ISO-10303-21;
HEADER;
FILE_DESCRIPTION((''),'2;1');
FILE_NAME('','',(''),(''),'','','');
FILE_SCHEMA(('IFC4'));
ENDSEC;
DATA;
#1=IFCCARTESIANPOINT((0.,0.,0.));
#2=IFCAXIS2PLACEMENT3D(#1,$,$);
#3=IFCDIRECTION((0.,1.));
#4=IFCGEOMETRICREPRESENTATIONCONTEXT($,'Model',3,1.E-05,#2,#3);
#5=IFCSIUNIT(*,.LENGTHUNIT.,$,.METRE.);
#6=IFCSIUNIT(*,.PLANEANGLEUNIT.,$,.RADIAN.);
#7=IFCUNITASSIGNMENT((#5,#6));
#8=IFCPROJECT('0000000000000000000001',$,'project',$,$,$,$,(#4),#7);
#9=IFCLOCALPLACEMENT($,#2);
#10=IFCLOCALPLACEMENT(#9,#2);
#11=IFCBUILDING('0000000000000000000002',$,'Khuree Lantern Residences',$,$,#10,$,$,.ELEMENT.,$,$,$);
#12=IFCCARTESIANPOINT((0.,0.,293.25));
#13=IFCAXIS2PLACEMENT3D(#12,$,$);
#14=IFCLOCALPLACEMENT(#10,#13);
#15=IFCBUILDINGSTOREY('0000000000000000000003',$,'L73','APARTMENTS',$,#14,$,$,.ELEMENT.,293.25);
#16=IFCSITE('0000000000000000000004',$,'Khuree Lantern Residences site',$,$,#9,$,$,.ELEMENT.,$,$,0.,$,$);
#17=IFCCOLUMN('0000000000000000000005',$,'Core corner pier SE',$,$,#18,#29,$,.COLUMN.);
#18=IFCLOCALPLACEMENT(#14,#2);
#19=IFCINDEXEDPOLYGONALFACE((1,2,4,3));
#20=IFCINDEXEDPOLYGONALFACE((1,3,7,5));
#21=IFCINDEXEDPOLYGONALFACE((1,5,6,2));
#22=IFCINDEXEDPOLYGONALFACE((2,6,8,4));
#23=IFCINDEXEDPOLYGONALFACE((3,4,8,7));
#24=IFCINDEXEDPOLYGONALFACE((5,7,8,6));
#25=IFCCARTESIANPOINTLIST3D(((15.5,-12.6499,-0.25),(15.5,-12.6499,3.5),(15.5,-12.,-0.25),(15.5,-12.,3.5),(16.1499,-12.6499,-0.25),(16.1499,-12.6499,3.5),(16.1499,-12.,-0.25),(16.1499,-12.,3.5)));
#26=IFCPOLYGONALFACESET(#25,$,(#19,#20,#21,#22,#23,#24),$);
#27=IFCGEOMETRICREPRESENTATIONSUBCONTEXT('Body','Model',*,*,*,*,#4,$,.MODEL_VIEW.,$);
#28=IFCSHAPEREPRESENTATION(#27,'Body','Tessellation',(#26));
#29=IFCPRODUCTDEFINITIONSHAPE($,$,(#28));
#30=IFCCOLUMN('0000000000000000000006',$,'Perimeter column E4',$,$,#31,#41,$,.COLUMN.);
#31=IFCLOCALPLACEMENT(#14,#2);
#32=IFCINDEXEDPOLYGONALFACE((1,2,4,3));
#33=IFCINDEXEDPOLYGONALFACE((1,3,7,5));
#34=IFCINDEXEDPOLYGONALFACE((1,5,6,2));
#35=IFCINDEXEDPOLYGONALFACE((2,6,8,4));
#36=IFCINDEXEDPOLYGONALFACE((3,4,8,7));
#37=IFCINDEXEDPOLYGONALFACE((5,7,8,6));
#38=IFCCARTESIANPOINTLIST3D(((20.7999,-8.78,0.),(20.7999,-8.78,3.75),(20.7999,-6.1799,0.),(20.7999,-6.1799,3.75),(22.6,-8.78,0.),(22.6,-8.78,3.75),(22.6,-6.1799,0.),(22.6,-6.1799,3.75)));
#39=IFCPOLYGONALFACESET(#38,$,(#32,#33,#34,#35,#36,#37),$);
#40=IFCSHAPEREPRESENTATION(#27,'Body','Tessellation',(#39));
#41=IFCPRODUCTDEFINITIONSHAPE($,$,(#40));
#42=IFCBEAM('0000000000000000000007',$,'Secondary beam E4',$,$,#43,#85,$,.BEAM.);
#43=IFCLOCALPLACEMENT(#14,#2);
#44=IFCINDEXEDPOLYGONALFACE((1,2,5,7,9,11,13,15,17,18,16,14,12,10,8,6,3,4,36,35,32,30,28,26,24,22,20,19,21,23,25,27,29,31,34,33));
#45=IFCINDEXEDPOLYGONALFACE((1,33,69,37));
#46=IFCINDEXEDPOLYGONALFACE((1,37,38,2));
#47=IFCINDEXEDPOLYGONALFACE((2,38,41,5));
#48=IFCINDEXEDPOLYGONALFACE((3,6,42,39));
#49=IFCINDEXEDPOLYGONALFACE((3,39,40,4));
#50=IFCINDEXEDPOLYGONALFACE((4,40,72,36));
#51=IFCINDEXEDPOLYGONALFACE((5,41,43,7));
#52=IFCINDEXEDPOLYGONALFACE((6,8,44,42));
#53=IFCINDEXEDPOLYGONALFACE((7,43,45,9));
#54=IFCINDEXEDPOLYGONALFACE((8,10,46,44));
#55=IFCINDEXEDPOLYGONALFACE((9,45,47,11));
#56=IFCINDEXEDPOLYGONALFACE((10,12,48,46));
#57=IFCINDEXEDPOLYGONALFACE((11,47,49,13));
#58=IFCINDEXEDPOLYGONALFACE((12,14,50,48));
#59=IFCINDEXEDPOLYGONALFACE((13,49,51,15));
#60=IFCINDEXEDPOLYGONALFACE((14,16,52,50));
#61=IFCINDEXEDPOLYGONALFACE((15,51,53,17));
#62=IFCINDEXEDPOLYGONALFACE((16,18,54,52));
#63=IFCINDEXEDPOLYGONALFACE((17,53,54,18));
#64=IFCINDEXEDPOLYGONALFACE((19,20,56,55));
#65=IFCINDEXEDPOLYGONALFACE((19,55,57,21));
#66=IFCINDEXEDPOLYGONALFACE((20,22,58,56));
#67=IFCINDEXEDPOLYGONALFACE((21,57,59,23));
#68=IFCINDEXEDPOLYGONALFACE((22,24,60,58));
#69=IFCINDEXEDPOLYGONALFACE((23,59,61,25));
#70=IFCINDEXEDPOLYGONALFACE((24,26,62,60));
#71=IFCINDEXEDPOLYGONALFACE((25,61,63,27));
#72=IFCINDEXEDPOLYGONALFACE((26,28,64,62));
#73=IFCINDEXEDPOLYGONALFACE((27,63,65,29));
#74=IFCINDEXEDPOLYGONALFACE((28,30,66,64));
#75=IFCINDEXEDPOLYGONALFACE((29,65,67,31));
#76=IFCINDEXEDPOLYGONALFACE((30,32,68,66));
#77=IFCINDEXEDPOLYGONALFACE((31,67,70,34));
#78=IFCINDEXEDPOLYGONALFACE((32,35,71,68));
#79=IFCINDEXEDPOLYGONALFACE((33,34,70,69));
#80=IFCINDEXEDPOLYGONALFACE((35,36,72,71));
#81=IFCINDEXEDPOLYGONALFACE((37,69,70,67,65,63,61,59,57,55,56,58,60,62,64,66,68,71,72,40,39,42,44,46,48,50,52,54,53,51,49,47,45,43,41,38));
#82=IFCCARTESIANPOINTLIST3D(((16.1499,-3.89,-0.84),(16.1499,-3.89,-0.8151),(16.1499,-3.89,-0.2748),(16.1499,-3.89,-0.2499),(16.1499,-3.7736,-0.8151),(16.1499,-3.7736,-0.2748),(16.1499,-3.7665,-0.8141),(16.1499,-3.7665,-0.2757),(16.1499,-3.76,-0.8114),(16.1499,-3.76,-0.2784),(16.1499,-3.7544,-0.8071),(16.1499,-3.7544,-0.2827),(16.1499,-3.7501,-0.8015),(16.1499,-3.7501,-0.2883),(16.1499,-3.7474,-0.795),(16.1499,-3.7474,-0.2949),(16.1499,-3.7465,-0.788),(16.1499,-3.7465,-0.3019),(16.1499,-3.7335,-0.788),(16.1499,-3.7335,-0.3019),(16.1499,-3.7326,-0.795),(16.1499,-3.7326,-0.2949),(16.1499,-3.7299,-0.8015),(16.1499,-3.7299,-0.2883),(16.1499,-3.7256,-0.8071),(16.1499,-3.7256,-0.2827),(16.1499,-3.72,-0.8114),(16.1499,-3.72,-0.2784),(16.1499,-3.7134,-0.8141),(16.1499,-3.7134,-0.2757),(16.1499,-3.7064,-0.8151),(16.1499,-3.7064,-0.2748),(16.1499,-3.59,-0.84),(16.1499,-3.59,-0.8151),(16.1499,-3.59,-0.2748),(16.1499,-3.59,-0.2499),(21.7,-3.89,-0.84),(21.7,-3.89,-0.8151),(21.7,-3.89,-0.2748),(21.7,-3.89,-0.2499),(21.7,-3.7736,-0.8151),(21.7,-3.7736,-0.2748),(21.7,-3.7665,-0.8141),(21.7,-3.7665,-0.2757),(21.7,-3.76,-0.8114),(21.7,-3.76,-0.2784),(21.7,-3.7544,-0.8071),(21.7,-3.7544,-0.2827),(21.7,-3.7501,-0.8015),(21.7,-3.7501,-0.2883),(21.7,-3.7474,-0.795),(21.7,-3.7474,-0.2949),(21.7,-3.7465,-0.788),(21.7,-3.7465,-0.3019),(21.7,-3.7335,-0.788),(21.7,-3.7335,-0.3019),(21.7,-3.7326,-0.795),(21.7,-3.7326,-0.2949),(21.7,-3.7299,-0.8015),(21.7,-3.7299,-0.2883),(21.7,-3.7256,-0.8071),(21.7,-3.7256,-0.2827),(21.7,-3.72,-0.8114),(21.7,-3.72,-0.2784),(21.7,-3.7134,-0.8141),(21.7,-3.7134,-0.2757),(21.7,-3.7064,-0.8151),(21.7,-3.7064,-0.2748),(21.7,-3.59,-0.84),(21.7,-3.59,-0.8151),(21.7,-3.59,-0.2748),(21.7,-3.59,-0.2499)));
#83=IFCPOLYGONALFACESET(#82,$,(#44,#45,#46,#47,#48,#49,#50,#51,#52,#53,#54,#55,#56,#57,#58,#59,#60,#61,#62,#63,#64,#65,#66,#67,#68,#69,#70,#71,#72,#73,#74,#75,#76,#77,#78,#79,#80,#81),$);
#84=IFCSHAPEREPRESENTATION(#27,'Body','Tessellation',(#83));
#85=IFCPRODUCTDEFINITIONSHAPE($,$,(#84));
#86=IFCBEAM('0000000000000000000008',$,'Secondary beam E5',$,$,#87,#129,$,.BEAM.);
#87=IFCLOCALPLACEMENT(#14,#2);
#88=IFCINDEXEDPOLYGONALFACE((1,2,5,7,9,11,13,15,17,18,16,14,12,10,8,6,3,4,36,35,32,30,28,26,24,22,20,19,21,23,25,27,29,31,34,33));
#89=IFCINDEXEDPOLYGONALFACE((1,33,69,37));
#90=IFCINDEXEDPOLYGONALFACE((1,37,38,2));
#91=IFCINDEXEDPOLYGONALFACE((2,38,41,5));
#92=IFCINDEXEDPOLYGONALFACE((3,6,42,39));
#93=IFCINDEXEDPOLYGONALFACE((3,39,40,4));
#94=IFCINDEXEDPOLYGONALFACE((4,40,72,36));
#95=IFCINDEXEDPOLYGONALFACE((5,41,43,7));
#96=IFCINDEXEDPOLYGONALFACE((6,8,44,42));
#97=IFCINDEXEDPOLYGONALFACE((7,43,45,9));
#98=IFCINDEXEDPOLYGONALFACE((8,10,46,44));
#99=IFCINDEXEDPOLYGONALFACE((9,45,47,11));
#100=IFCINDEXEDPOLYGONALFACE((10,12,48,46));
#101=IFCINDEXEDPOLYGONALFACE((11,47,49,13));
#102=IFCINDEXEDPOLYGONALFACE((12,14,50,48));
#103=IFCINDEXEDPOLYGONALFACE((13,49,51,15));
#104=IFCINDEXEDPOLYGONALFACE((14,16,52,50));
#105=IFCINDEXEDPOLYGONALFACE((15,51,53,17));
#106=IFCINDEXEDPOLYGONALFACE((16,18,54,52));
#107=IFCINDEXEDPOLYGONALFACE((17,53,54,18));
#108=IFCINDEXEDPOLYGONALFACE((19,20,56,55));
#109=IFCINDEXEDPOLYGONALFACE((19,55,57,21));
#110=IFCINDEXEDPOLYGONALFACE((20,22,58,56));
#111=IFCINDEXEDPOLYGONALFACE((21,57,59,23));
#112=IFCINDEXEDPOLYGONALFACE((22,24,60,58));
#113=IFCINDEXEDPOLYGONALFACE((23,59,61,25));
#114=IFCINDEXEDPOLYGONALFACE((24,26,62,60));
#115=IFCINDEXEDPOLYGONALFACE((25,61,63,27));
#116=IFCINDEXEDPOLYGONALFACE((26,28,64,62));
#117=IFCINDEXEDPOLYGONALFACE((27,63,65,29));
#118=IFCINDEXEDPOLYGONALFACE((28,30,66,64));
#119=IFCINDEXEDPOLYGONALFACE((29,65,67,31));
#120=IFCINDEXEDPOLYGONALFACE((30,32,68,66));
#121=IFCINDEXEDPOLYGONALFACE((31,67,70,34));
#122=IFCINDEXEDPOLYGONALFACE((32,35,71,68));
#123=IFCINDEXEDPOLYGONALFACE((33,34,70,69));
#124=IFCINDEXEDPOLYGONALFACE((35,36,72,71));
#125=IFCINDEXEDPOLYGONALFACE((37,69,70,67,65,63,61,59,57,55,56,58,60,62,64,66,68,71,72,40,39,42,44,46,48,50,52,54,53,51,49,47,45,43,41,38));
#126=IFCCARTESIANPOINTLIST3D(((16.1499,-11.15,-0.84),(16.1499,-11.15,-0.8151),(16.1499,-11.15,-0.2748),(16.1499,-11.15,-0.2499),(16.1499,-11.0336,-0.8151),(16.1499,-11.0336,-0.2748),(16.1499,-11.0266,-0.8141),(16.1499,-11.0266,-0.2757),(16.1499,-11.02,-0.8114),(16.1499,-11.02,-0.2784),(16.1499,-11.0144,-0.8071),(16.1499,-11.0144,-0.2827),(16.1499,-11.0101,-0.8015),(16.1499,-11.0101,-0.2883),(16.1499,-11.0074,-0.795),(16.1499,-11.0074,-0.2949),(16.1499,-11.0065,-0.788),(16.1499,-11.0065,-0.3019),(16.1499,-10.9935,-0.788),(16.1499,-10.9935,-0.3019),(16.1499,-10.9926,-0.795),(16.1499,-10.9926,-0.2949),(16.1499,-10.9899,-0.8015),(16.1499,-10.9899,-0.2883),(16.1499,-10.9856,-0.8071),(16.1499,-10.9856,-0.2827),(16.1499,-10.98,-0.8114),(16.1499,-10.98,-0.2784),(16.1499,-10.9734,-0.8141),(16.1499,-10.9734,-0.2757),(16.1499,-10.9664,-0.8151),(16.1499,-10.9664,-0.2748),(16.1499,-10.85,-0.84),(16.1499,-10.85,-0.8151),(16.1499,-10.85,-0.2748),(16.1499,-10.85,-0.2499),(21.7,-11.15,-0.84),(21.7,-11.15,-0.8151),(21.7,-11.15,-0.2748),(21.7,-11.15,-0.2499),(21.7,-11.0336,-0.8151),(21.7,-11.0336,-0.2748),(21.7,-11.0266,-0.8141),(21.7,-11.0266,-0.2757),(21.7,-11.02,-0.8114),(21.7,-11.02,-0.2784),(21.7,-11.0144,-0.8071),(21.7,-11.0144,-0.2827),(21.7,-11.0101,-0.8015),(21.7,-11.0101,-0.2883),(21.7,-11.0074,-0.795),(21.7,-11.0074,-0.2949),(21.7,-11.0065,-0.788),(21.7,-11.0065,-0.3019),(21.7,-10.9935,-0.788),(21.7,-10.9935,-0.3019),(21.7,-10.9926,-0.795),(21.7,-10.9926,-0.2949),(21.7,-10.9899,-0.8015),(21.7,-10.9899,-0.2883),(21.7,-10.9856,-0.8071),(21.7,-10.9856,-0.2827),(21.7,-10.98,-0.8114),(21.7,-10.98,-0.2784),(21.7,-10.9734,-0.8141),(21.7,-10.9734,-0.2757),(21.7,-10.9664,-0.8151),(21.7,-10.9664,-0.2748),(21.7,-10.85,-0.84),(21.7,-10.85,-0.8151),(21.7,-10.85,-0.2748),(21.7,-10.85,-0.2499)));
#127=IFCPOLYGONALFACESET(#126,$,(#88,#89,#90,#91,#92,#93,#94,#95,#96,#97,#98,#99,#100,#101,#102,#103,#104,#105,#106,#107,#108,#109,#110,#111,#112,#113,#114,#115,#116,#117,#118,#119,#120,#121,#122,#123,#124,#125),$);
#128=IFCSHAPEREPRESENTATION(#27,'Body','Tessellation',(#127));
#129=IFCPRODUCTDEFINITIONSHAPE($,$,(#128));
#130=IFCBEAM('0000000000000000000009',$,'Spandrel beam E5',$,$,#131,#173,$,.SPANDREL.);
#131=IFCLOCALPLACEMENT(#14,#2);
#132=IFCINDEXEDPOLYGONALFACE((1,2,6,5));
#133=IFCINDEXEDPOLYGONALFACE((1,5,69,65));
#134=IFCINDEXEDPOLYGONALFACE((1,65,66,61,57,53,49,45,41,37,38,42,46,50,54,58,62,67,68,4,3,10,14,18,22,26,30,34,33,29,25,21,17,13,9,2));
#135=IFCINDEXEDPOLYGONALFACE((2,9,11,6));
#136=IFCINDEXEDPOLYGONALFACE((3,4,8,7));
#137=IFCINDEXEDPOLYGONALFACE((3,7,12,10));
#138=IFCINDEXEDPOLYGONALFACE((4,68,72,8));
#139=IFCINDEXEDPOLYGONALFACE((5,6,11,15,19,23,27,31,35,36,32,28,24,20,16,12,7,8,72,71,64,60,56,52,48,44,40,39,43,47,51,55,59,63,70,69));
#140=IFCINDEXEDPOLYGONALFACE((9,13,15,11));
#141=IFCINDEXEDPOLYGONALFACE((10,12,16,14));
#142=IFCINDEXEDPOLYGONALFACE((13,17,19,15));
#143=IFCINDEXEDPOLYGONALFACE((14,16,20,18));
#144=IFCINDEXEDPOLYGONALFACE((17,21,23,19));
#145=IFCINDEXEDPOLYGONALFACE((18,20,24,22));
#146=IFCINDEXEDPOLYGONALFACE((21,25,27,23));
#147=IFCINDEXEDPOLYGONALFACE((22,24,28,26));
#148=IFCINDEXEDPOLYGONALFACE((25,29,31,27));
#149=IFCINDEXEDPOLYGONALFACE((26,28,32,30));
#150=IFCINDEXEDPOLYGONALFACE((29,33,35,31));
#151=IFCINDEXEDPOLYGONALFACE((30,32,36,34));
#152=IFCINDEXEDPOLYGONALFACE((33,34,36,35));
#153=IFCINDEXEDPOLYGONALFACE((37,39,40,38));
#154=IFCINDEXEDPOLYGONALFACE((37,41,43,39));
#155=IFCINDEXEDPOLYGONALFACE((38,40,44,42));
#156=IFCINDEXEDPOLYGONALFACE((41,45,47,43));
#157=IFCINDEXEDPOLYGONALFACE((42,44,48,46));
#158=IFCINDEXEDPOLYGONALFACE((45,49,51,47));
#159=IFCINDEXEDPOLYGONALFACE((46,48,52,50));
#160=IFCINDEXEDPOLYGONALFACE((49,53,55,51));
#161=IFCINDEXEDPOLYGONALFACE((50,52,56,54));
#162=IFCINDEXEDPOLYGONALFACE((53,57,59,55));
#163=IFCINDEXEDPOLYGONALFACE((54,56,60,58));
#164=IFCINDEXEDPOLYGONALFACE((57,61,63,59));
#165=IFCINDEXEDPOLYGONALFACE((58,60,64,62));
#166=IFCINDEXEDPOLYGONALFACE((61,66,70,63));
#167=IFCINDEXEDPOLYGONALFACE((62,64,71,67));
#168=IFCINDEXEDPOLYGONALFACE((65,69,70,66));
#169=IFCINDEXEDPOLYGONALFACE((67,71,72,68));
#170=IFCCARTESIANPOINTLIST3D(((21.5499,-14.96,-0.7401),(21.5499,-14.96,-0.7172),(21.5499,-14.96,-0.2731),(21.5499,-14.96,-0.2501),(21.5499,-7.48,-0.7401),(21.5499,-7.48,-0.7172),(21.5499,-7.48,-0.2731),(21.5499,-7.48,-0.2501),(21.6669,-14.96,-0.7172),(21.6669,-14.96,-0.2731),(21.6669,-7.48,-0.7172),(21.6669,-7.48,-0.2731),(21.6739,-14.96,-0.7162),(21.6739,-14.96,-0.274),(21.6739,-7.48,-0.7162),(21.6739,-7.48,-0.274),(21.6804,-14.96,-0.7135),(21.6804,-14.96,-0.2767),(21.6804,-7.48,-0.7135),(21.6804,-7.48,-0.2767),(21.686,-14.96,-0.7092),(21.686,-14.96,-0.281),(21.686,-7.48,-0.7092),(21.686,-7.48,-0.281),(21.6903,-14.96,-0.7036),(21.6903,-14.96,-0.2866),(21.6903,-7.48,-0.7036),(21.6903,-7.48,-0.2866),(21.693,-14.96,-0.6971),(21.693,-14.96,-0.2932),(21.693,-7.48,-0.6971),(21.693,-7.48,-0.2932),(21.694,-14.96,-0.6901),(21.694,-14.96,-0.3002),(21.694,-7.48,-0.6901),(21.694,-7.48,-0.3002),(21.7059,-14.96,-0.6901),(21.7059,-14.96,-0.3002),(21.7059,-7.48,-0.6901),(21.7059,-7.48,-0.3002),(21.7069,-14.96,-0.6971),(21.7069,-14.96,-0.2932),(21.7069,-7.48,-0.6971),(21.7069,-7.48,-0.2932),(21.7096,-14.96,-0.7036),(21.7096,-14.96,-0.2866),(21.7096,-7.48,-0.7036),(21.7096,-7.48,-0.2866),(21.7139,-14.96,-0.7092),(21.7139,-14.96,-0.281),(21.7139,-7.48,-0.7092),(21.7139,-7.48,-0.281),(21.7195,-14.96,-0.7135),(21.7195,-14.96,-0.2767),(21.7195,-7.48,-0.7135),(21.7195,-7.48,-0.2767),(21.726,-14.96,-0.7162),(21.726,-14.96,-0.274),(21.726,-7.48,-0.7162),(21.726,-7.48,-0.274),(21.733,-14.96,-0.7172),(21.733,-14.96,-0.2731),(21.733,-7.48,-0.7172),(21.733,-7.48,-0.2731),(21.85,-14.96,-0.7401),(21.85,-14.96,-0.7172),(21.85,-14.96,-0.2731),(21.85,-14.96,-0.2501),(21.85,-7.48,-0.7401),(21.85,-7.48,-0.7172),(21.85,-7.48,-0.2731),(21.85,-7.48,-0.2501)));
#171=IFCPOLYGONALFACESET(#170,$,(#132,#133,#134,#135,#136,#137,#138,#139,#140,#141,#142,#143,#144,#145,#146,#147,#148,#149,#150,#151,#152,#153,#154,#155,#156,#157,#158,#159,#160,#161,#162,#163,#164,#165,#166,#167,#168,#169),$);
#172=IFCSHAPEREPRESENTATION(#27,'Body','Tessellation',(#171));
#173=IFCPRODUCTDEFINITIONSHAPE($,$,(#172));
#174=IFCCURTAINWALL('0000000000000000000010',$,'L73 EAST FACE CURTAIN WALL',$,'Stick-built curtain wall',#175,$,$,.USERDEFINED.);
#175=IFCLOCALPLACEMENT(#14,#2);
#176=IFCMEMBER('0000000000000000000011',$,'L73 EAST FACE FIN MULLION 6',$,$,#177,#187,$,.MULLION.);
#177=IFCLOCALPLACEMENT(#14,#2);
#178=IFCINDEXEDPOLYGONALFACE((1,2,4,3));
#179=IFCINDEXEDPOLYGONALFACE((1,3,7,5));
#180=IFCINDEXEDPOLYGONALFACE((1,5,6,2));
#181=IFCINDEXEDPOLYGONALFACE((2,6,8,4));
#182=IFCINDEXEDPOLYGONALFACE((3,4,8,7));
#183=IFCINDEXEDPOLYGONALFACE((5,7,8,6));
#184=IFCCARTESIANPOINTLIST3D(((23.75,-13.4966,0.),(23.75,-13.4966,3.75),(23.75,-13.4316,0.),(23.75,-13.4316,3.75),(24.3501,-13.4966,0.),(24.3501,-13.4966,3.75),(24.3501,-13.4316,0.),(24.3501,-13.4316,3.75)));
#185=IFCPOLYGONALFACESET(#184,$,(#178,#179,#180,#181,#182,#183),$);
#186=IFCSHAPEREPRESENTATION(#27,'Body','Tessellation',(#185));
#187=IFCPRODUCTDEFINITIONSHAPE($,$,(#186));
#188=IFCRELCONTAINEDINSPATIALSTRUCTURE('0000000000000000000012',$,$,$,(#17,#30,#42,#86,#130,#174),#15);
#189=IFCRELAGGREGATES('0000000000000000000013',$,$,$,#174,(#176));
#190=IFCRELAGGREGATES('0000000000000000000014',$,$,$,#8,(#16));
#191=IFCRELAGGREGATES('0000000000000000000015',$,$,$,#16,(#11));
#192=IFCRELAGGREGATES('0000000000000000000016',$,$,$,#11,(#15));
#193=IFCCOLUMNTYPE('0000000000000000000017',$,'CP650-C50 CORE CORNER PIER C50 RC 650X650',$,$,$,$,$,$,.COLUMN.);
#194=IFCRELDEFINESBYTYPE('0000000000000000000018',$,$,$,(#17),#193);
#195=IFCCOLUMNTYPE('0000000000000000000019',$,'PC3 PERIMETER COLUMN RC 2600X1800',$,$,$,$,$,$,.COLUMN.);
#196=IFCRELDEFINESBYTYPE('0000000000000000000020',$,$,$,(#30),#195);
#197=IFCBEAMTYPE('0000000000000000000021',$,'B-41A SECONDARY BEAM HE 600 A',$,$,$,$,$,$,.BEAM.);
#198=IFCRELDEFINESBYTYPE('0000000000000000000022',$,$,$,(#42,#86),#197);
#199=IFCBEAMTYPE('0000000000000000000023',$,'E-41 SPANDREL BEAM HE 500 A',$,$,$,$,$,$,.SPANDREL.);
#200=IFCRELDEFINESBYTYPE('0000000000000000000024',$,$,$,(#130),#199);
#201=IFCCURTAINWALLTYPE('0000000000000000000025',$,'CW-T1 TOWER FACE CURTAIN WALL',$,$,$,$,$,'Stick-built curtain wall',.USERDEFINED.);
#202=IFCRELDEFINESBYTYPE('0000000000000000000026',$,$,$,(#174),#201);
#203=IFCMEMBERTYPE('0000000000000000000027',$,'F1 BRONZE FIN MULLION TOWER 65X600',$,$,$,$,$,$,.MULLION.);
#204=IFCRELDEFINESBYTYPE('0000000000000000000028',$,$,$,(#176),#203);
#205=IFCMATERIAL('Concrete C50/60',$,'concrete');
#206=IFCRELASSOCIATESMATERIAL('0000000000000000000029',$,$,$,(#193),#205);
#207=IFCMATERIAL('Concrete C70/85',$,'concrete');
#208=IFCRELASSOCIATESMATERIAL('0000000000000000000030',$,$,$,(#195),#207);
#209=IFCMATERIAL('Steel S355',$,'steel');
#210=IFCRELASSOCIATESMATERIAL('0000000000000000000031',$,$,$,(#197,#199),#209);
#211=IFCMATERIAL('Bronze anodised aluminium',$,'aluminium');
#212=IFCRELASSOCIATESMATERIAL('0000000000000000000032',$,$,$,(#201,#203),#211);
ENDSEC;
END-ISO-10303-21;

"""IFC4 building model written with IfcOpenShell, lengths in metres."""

from ifc_helpers import new_model, si_unit, direction, frame, origin, origin_2d, place, context, subcontext, project, spatial, rectangle, i_section, extrude, material, material_profile, profile_set, type_object, element, aggregate, save


model = new_model("IFC4")

# Units and contexts
model_context = context("Model", 3, precision=1e-05, world=origin(), true_north=direction((0.0, 1.0)))
body_context = subcontext(model_context, "Body", "Model", "MODEL_VIEW")
ifc_project = project(units=[si_unit("LENGTHUNIT", "METRE"), si_unit("PLANEANGLEUNIT", "RADIAN")], contexts=[model_context])

# Site, building, storey
site_placement = place(None, origin())
site = spatial("IfcSite", under=ifc_project, at=site_placement, Name="Khuree Lantern Residences site", CompositionType="ELEMENT", RefElevation=0.0)
building_placement = place(site_placement, origin())
building = spatial("IfcBuilding", under=site, at=building_placement, Name="Khuree Lantern Residences", CompositionType="ELEMENT")
storey_placement = place(building_placement, frame((0.0, 0.0, 293.25)))
storey = spatial("IfcBuildingStorey", under=building, at=storey_placement, Name="L73", Description="APARTMENTS", CompositionType="ELEMENT", Elevation=293.25)

# Columns
ifc_material_1 = material(Name="Concrete C50/60", Category="concrete")
ifc_material_profile_1 = material_profile(ifc_material_1, rectangle(XDim=0.6499, YDim=0.6499, at=origin_2d()), Name="RC 650X650")
ifc_profile_set_1 = profile_set([ifc_material_profile_1], Name="Concrete C50/60")
column_type_1 = type_object("IfcColumnType", Name="CP650-C50 CORE CORNER PIER C50 RC 650X650", PredefinedType="COLUMN", material=ifc_profile_set_1)
column_1_placement = place(storey_placement, frame((15.825, -12.325, -0.25), z_axis=(0.0, 0.0, 1.0), x_axis=(1.0, 0.0, 0.0)))
element("IfcColumn", 1, at=column_1_placement, inside=storey, type_object=column_type_1, Name="Core corner pier SE", PredefinedType="COLUMN", context=body_context, shape_type="SweptSolid", body=[
    extrude(rectangle(XDim=0.6499, YDim=0.6499, at=origin_2d()), origin(), (0.0, 0.0, 1.0), 3.75),
])
ifc_material_2 = material(Name="Concrete C70/85", Category="concrete")
ifc_material_profile_2 = material_profile(ifc_material_2, rectangle(XDim=2.6001, YDim=1.8, at=origin_2d()), Name="RC 2600X1800")
ifc_profile_set_2 = profile_set([ifc_material_profile_2], Name="Concrete C70/85")
column_type_2 = type_object("IfcColumnType", Name="PC3 PERIMETER COLUMN RC 2600X1800", PredefinedType="COLUMN", material=ifc_profile_set_2)
column_2_placement = place(storey_placement, frame((21.7, -7.48, 0.0), z_axis=(0.0, 0.0, 1.0), x_axis=(0.0, 1.0, 0.0)))
element("IfcColumn", 2, at=column_2_placement, inside=storey, type_object=column_type_2, Name="Perimeter column E4", PredefinedType="COLUMN", context=body_context, shape_type="SweptSolid", body=[
    extrude(rectangle(XDim=2.6001, YDim=1.8, at=origin_2d()), origin(), (0.0, 0.0, 1.0), 3.75),
])

# Beams
ifc_material_3 = material(Name="Steel S355", Category="steel")
ifc_material_profile_3 = material_profile(ifc_material_3, i_section(OverallWidth=0.3, OverallDepth=0.5901, WebThickness=0.0129, FlangeThickness=0.0249, FilletRadius=0.0271, at=origin_2d()), Name="HE 600 A")
ifc_profile_set_3 = profile_set([ifc_material_profile_3], Name="Steel S355")
beam_type_1 = type_object("IfcBeamType", Name="B-41A SECONDARY BEAM HE 600 A", PredefinedType="BEAM", material=ifc_profile_set_3)
for number, where, z_axis, x_axis, name in (
    (3, (21.7, -3.74, -0.5449), (-1.0, 0.0, 0.0), (0.0, -1.0, 0.0), "Secondary beam E4"),
    (4, (21.7, -11.0, -0.5449), (-1.0, 0.0, 0.0), (0.0, -1.0, 0.0), "Secondary beam E5"),
):
    element("IfcBeam", number, at=place(storey_placement, frame(where, z_axis=z_axis, x_axis=x_axis)), inside=storey, type_object=beam_type_1, Name=name, PredefinedType="BEAM", context=body_context, shape_type="SweptSolid", body=[
        extrude(i_section(OverallWidth=0.3, OverallDepth=0.5901, WebThickness=0.0129, FlangeThickness=0.0249, FilletRadius=0.0271, at=origin_2d()), origin(), (0.0, 0.0, 1.0), 5.55),
    ])
ifc_material_profile_4 = material_profile(ifc_material_3, i_section(OverallWidth=0.3, OverallDepth=0.49, WebThickness=0.012, FlangeThickness=0.0229, FilletRadius=0.0271, at=origin_2d()), Name="HE 500 A")
ifc_profile_set_4 = profile_set([ifc_material_profile_4], Name="Steel S355")
beam_type_2 = type_object("IfcBeamType", Name="E-41 SPANDREL BEAM HE 500 A", PredefinedType="SPANDREL", material=ifc_profile_set_4)
beam_1_placement = place(storey_placement, frame((21.7, -7.48, -0.4951), z_axis=(0.0, -1.0, 0.0), x_axis=(1.0, 0.0, 0.0)))
element("IfcBeam", 5, at=beam_1_placement, inside=storey, type_object=beam_type_2, Name="Spandrel beam E5", PredefinedType="SPANDREL", context=body_context, shape_type="SweptSolid", body=[
    extrude(i_section(OverallWidth=0.3, OverallDepth=0.49, WebThickness=0.012, FlangeThickness=0.0229, FilletRadius=0.0271, at=origin_2d()), origin(), (0.0, 0.0, 1.0), 7.48),
])

# Curtain wall, member
ifc_material_4 = material(Name="Bronze anodised aluminium", Category="aluminium")
curtain_wall_type = type_object("IfcCurtainWallType", Name="CW-T1 TOWER FACE CURTAIN WALL", ElementType="Stick-built curtain wall", PredefinedType="USERDEFINED", material=ifc_material_4)
curtain_wall_placement = place(storey_placement, origin())
curtain_wall = element("IfcCurtainWall", 6, at=curtain_wall_placement, inside=storey, type_object=curtain_wall_type, Name="L73 EAST FACE CURTAIN WALL", ObjectType="Stick-built curtain wall", PredefinedType="USERDEFINED")
ifc_material_profile_5 = material_profile(ifc_material_4, rectangle(XDim=0.0649, YDim=0.6001, at=origin_2d()), Name="F1 65X600")
ifc_profile_set_5 = profile_set([ifc_material_profile_5], Name="Bronze anodised aluminium")
member_type_1 = type_object("IfcMemberType", Name="F1 BRONZE FIN MULLION TOWER 65X600", PredefinedType="MULLION", material=ifc_profile_set_5)
member_1_placement = place(storey_placement, frame((24.05, -13.4641, 0.0), z_axis=(0.0, 0.0, 1.0), x_axis=(0.0, 1.0, 0.0)))
member_1 = element("IfcMember", 7, at=member_1_placement, type_object=member_type_1, Name="L73 EAST FACE FIN MULLION 6", PredefinedType="MULLION", context=body_context, shape_type="SweptSolid", body=[
    extrude(rectangle(XDim=0.0649, YDim=0.6001, at=origin_2d()), origin(), (0.0, 0.0, 1.0), 3.75),
])

aggregate(curtain_wall, [member_1])

save(model, "model.ifc")
